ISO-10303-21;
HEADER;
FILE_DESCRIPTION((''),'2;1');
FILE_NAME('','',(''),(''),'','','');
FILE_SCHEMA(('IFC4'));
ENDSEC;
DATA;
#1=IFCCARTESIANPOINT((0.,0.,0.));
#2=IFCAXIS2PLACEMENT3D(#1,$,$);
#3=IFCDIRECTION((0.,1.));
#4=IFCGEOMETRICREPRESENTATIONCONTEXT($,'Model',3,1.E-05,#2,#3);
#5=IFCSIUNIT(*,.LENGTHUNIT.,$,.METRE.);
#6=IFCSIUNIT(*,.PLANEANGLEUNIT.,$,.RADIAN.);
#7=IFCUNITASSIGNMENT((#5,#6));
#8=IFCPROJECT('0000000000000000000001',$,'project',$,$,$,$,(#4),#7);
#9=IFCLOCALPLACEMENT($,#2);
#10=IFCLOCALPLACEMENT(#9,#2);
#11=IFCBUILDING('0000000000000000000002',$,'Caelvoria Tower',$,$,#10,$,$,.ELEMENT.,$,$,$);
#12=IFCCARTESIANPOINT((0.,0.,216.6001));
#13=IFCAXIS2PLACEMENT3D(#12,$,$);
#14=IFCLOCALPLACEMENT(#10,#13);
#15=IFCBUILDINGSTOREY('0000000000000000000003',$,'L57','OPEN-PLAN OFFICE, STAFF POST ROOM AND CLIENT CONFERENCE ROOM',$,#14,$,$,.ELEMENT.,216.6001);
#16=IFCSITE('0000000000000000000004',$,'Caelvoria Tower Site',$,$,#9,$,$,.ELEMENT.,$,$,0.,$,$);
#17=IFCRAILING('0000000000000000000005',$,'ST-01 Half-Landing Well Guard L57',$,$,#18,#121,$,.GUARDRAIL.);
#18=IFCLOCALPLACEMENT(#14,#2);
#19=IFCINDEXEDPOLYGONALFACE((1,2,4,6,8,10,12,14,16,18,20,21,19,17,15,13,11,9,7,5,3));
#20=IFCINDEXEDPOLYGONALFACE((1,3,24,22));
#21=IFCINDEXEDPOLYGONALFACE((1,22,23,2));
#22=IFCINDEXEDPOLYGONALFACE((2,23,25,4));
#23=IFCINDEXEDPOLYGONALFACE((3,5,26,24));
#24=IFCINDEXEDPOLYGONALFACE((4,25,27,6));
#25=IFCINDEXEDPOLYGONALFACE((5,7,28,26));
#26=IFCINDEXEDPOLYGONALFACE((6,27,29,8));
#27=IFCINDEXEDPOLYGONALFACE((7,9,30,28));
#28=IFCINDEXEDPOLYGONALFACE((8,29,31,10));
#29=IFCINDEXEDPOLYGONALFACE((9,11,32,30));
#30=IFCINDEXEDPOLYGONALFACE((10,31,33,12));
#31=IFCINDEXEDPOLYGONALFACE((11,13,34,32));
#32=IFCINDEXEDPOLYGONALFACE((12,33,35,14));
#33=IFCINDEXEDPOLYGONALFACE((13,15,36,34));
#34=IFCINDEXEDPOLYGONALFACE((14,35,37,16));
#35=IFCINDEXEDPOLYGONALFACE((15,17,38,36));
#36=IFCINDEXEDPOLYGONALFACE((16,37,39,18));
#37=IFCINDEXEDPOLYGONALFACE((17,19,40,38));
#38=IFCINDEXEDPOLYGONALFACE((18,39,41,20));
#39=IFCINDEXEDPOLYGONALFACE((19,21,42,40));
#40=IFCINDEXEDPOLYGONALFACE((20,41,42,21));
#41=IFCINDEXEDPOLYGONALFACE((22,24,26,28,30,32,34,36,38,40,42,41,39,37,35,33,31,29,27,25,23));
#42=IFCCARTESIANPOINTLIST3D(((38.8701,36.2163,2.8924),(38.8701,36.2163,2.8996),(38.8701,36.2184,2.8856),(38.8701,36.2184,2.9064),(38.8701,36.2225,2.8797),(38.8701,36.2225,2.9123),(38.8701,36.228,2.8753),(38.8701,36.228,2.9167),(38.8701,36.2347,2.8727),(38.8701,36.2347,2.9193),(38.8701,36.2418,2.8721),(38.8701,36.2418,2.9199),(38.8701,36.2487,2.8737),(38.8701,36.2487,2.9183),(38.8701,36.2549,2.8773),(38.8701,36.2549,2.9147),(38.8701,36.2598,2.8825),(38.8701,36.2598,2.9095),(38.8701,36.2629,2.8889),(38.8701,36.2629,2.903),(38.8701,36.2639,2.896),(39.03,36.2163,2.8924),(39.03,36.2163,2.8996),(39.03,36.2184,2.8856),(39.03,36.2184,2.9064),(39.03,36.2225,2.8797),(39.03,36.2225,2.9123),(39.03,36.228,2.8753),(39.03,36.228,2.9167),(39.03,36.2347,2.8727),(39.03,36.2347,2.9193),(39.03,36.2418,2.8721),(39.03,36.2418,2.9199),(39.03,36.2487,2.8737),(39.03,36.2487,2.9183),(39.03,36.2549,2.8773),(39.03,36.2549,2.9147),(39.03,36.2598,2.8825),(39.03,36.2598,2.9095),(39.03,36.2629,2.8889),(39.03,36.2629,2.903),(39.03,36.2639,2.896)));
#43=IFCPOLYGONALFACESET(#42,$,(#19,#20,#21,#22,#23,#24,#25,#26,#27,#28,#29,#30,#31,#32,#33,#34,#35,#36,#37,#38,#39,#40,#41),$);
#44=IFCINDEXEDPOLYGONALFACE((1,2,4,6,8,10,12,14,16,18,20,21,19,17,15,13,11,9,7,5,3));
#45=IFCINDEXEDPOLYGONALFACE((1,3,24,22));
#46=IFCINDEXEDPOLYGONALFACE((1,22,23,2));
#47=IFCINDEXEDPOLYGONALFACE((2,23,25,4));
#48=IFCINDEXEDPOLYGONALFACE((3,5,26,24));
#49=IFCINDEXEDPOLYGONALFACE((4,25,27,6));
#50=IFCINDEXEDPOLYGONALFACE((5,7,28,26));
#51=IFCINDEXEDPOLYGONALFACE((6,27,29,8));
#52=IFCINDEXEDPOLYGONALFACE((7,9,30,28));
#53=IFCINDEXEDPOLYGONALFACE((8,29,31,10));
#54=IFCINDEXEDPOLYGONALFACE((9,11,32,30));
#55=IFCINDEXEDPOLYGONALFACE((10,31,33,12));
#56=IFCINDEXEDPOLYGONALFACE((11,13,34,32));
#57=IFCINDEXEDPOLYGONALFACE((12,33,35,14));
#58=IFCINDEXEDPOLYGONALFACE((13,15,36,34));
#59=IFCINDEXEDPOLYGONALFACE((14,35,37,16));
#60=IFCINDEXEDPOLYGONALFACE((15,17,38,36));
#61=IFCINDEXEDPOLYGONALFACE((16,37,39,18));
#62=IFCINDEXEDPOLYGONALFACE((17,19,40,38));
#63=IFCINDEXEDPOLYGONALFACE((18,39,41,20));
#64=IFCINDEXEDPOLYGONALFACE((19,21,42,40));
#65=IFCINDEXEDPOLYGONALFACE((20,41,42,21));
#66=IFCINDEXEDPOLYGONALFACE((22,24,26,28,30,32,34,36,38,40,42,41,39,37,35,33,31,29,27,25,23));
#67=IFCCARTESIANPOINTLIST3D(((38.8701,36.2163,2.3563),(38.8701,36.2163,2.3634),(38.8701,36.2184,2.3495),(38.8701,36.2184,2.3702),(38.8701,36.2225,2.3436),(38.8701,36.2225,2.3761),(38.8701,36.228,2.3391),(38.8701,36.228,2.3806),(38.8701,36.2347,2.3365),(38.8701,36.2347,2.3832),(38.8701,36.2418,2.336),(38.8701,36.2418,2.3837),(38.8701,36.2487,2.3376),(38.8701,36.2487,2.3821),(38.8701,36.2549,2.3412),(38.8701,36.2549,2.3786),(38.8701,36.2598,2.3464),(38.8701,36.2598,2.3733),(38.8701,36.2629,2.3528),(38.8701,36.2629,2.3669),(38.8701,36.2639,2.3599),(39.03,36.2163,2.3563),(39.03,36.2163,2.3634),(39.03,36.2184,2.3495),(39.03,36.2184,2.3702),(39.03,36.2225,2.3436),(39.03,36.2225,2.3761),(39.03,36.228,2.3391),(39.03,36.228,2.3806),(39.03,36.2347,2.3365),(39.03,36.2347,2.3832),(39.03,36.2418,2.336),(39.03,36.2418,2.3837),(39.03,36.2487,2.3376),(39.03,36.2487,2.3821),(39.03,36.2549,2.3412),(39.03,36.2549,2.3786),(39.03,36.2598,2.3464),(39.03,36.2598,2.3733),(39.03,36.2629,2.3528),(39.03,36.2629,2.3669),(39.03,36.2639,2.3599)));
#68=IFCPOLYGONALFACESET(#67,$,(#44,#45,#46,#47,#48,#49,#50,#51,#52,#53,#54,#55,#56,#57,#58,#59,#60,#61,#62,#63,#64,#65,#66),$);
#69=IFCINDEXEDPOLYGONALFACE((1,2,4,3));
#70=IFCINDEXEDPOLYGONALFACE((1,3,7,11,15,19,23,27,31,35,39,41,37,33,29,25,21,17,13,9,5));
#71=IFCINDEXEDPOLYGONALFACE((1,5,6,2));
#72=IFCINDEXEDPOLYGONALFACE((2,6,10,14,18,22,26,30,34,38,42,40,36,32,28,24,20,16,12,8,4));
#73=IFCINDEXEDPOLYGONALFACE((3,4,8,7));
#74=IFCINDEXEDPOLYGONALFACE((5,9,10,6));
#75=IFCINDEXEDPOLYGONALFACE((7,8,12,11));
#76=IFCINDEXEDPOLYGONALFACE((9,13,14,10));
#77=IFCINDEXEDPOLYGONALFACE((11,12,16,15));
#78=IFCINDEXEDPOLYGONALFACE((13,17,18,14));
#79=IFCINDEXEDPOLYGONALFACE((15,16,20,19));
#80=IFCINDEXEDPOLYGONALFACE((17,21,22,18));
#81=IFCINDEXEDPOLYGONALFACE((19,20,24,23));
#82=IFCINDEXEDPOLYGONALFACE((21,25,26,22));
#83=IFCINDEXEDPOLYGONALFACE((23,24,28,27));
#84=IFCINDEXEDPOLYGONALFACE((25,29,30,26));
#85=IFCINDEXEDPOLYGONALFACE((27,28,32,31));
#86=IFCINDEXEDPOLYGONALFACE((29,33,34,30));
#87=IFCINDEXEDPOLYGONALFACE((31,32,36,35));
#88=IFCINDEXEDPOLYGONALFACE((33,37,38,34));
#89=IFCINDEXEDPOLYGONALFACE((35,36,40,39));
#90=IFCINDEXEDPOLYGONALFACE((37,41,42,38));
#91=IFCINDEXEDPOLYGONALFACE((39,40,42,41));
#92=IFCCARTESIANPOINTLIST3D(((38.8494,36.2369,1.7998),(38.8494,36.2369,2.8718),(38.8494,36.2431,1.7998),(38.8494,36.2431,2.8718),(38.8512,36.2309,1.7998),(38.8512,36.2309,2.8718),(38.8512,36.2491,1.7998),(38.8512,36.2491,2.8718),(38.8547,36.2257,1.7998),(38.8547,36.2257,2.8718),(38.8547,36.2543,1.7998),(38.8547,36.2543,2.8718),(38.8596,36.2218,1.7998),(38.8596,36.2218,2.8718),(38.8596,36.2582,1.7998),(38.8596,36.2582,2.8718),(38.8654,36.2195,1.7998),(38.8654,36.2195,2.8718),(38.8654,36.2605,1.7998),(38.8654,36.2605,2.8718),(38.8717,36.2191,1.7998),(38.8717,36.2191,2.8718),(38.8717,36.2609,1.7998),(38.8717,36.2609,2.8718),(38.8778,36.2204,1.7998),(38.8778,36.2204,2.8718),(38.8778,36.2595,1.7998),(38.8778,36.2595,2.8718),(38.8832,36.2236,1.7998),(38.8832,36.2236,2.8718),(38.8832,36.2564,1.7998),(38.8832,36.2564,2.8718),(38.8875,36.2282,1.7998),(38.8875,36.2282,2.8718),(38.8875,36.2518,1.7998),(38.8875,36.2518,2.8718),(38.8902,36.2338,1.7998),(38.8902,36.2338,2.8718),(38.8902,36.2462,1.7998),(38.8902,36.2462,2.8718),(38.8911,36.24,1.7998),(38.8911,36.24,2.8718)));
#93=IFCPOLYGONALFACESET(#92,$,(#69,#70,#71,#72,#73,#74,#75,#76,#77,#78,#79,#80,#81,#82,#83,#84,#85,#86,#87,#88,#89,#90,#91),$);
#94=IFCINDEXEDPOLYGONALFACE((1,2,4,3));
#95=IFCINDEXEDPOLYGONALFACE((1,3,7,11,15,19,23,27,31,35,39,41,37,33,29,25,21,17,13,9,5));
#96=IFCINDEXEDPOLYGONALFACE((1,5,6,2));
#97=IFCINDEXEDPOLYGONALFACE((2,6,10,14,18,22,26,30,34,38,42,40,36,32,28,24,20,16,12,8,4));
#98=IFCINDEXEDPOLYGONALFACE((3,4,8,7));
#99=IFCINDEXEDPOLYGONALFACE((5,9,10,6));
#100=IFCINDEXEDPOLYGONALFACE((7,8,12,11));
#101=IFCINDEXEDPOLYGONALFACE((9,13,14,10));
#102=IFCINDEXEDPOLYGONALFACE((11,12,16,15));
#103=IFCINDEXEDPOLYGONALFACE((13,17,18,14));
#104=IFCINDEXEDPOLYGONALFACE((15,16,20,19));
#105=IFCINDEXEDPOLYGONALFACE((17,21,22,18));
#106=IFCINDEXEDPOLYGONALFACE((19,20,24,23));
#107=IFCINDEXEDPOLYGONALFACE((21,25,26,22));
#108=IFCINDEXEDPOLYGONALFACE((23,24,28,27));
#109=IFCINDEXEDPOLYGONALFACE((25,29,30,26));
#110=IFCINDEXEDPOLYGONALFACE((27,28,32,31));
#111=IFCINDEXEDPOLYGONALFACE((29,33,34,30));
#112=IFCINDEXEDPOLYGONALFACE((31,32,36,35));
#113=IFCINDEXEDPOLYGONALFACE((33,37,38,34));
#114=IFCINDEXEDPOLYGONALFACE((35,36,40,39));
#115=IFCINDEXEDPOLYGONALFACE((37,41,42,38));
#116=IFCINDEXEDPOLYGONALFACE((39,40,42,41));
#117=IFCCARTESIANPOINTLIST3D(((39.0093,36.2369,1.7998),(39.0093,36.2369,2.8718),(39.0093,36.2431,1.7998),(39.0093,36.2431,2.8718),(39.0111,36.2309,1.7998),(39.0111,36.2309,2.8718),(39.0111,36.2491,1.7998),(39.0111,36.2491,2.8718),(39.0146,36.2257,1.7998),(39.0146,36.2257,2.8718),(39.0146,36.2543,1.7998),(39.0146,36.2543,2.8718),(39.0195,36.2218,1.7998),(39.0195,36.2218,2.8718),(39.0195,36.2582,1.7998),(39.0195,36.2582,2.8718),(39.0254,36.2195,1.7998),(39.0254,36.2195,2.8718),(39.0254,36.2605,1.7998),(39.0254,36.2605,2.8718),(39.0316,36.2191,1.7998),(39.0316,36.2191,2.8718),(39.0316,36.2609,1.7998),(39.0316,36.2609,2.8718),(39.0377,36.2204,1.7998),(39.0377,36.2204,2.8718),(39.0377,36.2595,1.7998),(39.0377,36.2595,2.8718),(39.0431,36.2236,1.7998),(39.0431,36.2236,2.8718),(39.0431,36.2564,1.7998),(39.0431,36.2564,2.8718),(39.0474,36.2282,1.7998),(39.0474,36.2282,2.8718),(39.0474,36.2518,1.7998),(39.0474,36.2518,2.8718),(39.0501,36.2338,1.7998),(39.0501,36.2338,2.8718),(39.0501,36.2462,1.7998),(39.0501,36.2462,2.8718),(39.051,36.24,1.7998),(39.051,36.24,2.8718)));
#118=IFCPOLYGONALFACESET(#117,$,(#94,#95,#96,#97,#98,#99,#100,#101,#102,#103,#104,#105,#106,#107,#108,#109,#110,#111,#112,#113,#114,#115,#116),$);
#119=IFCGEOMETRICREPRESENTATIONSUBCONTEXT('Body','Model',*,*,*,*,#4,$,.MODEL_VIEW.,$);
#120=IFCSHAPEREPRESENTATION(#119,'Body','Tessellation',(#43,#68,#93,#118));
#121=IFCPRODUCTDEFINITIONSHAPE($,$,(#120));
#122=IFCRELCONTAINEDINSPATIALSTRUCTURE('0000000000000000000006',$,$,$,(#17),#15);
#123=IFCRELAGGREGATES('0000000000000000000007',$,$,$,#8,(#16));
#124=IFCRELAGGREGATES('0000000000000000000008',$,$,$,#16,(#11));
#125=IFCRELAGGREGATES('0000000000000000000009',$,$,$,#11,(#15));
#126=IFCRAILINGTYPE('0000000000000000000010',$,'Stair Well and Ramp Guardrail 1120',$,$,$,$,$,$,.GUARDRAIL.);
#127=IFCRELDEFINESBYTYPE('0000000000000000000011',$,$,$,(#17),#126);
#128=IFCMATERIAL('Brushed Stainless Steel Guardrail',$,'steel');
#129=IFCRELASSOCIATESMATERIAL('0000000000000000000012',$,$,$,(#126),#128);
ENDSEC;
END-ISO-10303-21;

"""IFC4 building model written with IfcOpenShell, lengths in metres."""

from ifc_helpers import new_model, si_unit, direction, frame, origin, origin_2d, place, context, subcontext, project, spatial, circle, extrude, material, type_object, element, save


model = new_model("IFC4")

# Units and contexts
model_context = context("Model", 3, precision=1e-05, world=origin(), true_north=direction((0.0, 1.0)))
body_context = subcontext(model_context, "Body", "Model", "MODEL_VIEW")
ifc_project = project(units=[si_unit("LENGTHUNIT", "METRE"), si_unit("PLANEANGLEUNIT", "RADIAN")], contexts=[model_context])

# Site, building, storey
site_placement = place(None, origin())
site = spatial("IfcSite", under=ifc_project, at=site_placement, Name="Caelvoria Tower Site", CompositionType="ELEMENT", RefElevation=0.0)
building_placement = place(site_placement, origin())
building = spatial("IfcBuilding", under=site, at=building_placement, Name="Caelvoria Tower", CompositionType="ELEMENT")
storey_placement = place(building_placement, frame((0.0, 0.0, 216.6001)))
storey = spatial("IfcBuildingStorey", under=building, at=storey_placement, Name="L57", Description="OPEN-PLAN OFFICE, STAFF POST ROOM AND CLIENT CONFERENCE ROOM", CompositionType="ELEMENT", Elevation=216.6001)

# Railing
ifc_material_1 = material(Name="Brushed Stainless Steel Guardrail", Category="steel")
railing_type_1 = type_object("IfcRailingType", Name="Stair Well and Ramp Guardrail 1120", PredefinedType="GUARDRAIL", material=ifc_material_1)
railing_1_placement = place(storey_placement, frame((38.8701, 36.24, 1.7998)))
element("IfcRailing", 1, at=railing_1_placement, inside=storey, type_object=railing_type_1, Name="ST-01 Half-Landing Well Guard L57", PredefinedType="GUARDRAIL", context=body_context, shape_type="SweptSolid", body=[
    extrude(circle(Radius=0.0239, at=origin_2d()), frame((0.0, 0.0, 1.0962), z_axis=(1.0, 0.0, 0.0), x_axis=(0.0, 1.0, 0.0)), (0.0, 0.0, 1.0), 0.1599),
    extrude(circle(Radius=0.0239, at=origin_2d()), frame((0.0, 0.0, 0.5601), z_axis=(1.0, 0.0, 0.0), x_axis=(0.0, 1.0, 0.0)), (0.0, 0.0, 1.0), 0.1599),
    extrude(circle(Radius=0.021, at=origin_2d()), origin(), (0.0, 0.0, 1.0), 1.072),
    extrude(circle(Radius=0.021, at=origin_2d()), frame((0.1599, 0.0, 0.0)), (0.0, 0.0, 1.0), 1.072),
])

save(model, "model.ifc")
